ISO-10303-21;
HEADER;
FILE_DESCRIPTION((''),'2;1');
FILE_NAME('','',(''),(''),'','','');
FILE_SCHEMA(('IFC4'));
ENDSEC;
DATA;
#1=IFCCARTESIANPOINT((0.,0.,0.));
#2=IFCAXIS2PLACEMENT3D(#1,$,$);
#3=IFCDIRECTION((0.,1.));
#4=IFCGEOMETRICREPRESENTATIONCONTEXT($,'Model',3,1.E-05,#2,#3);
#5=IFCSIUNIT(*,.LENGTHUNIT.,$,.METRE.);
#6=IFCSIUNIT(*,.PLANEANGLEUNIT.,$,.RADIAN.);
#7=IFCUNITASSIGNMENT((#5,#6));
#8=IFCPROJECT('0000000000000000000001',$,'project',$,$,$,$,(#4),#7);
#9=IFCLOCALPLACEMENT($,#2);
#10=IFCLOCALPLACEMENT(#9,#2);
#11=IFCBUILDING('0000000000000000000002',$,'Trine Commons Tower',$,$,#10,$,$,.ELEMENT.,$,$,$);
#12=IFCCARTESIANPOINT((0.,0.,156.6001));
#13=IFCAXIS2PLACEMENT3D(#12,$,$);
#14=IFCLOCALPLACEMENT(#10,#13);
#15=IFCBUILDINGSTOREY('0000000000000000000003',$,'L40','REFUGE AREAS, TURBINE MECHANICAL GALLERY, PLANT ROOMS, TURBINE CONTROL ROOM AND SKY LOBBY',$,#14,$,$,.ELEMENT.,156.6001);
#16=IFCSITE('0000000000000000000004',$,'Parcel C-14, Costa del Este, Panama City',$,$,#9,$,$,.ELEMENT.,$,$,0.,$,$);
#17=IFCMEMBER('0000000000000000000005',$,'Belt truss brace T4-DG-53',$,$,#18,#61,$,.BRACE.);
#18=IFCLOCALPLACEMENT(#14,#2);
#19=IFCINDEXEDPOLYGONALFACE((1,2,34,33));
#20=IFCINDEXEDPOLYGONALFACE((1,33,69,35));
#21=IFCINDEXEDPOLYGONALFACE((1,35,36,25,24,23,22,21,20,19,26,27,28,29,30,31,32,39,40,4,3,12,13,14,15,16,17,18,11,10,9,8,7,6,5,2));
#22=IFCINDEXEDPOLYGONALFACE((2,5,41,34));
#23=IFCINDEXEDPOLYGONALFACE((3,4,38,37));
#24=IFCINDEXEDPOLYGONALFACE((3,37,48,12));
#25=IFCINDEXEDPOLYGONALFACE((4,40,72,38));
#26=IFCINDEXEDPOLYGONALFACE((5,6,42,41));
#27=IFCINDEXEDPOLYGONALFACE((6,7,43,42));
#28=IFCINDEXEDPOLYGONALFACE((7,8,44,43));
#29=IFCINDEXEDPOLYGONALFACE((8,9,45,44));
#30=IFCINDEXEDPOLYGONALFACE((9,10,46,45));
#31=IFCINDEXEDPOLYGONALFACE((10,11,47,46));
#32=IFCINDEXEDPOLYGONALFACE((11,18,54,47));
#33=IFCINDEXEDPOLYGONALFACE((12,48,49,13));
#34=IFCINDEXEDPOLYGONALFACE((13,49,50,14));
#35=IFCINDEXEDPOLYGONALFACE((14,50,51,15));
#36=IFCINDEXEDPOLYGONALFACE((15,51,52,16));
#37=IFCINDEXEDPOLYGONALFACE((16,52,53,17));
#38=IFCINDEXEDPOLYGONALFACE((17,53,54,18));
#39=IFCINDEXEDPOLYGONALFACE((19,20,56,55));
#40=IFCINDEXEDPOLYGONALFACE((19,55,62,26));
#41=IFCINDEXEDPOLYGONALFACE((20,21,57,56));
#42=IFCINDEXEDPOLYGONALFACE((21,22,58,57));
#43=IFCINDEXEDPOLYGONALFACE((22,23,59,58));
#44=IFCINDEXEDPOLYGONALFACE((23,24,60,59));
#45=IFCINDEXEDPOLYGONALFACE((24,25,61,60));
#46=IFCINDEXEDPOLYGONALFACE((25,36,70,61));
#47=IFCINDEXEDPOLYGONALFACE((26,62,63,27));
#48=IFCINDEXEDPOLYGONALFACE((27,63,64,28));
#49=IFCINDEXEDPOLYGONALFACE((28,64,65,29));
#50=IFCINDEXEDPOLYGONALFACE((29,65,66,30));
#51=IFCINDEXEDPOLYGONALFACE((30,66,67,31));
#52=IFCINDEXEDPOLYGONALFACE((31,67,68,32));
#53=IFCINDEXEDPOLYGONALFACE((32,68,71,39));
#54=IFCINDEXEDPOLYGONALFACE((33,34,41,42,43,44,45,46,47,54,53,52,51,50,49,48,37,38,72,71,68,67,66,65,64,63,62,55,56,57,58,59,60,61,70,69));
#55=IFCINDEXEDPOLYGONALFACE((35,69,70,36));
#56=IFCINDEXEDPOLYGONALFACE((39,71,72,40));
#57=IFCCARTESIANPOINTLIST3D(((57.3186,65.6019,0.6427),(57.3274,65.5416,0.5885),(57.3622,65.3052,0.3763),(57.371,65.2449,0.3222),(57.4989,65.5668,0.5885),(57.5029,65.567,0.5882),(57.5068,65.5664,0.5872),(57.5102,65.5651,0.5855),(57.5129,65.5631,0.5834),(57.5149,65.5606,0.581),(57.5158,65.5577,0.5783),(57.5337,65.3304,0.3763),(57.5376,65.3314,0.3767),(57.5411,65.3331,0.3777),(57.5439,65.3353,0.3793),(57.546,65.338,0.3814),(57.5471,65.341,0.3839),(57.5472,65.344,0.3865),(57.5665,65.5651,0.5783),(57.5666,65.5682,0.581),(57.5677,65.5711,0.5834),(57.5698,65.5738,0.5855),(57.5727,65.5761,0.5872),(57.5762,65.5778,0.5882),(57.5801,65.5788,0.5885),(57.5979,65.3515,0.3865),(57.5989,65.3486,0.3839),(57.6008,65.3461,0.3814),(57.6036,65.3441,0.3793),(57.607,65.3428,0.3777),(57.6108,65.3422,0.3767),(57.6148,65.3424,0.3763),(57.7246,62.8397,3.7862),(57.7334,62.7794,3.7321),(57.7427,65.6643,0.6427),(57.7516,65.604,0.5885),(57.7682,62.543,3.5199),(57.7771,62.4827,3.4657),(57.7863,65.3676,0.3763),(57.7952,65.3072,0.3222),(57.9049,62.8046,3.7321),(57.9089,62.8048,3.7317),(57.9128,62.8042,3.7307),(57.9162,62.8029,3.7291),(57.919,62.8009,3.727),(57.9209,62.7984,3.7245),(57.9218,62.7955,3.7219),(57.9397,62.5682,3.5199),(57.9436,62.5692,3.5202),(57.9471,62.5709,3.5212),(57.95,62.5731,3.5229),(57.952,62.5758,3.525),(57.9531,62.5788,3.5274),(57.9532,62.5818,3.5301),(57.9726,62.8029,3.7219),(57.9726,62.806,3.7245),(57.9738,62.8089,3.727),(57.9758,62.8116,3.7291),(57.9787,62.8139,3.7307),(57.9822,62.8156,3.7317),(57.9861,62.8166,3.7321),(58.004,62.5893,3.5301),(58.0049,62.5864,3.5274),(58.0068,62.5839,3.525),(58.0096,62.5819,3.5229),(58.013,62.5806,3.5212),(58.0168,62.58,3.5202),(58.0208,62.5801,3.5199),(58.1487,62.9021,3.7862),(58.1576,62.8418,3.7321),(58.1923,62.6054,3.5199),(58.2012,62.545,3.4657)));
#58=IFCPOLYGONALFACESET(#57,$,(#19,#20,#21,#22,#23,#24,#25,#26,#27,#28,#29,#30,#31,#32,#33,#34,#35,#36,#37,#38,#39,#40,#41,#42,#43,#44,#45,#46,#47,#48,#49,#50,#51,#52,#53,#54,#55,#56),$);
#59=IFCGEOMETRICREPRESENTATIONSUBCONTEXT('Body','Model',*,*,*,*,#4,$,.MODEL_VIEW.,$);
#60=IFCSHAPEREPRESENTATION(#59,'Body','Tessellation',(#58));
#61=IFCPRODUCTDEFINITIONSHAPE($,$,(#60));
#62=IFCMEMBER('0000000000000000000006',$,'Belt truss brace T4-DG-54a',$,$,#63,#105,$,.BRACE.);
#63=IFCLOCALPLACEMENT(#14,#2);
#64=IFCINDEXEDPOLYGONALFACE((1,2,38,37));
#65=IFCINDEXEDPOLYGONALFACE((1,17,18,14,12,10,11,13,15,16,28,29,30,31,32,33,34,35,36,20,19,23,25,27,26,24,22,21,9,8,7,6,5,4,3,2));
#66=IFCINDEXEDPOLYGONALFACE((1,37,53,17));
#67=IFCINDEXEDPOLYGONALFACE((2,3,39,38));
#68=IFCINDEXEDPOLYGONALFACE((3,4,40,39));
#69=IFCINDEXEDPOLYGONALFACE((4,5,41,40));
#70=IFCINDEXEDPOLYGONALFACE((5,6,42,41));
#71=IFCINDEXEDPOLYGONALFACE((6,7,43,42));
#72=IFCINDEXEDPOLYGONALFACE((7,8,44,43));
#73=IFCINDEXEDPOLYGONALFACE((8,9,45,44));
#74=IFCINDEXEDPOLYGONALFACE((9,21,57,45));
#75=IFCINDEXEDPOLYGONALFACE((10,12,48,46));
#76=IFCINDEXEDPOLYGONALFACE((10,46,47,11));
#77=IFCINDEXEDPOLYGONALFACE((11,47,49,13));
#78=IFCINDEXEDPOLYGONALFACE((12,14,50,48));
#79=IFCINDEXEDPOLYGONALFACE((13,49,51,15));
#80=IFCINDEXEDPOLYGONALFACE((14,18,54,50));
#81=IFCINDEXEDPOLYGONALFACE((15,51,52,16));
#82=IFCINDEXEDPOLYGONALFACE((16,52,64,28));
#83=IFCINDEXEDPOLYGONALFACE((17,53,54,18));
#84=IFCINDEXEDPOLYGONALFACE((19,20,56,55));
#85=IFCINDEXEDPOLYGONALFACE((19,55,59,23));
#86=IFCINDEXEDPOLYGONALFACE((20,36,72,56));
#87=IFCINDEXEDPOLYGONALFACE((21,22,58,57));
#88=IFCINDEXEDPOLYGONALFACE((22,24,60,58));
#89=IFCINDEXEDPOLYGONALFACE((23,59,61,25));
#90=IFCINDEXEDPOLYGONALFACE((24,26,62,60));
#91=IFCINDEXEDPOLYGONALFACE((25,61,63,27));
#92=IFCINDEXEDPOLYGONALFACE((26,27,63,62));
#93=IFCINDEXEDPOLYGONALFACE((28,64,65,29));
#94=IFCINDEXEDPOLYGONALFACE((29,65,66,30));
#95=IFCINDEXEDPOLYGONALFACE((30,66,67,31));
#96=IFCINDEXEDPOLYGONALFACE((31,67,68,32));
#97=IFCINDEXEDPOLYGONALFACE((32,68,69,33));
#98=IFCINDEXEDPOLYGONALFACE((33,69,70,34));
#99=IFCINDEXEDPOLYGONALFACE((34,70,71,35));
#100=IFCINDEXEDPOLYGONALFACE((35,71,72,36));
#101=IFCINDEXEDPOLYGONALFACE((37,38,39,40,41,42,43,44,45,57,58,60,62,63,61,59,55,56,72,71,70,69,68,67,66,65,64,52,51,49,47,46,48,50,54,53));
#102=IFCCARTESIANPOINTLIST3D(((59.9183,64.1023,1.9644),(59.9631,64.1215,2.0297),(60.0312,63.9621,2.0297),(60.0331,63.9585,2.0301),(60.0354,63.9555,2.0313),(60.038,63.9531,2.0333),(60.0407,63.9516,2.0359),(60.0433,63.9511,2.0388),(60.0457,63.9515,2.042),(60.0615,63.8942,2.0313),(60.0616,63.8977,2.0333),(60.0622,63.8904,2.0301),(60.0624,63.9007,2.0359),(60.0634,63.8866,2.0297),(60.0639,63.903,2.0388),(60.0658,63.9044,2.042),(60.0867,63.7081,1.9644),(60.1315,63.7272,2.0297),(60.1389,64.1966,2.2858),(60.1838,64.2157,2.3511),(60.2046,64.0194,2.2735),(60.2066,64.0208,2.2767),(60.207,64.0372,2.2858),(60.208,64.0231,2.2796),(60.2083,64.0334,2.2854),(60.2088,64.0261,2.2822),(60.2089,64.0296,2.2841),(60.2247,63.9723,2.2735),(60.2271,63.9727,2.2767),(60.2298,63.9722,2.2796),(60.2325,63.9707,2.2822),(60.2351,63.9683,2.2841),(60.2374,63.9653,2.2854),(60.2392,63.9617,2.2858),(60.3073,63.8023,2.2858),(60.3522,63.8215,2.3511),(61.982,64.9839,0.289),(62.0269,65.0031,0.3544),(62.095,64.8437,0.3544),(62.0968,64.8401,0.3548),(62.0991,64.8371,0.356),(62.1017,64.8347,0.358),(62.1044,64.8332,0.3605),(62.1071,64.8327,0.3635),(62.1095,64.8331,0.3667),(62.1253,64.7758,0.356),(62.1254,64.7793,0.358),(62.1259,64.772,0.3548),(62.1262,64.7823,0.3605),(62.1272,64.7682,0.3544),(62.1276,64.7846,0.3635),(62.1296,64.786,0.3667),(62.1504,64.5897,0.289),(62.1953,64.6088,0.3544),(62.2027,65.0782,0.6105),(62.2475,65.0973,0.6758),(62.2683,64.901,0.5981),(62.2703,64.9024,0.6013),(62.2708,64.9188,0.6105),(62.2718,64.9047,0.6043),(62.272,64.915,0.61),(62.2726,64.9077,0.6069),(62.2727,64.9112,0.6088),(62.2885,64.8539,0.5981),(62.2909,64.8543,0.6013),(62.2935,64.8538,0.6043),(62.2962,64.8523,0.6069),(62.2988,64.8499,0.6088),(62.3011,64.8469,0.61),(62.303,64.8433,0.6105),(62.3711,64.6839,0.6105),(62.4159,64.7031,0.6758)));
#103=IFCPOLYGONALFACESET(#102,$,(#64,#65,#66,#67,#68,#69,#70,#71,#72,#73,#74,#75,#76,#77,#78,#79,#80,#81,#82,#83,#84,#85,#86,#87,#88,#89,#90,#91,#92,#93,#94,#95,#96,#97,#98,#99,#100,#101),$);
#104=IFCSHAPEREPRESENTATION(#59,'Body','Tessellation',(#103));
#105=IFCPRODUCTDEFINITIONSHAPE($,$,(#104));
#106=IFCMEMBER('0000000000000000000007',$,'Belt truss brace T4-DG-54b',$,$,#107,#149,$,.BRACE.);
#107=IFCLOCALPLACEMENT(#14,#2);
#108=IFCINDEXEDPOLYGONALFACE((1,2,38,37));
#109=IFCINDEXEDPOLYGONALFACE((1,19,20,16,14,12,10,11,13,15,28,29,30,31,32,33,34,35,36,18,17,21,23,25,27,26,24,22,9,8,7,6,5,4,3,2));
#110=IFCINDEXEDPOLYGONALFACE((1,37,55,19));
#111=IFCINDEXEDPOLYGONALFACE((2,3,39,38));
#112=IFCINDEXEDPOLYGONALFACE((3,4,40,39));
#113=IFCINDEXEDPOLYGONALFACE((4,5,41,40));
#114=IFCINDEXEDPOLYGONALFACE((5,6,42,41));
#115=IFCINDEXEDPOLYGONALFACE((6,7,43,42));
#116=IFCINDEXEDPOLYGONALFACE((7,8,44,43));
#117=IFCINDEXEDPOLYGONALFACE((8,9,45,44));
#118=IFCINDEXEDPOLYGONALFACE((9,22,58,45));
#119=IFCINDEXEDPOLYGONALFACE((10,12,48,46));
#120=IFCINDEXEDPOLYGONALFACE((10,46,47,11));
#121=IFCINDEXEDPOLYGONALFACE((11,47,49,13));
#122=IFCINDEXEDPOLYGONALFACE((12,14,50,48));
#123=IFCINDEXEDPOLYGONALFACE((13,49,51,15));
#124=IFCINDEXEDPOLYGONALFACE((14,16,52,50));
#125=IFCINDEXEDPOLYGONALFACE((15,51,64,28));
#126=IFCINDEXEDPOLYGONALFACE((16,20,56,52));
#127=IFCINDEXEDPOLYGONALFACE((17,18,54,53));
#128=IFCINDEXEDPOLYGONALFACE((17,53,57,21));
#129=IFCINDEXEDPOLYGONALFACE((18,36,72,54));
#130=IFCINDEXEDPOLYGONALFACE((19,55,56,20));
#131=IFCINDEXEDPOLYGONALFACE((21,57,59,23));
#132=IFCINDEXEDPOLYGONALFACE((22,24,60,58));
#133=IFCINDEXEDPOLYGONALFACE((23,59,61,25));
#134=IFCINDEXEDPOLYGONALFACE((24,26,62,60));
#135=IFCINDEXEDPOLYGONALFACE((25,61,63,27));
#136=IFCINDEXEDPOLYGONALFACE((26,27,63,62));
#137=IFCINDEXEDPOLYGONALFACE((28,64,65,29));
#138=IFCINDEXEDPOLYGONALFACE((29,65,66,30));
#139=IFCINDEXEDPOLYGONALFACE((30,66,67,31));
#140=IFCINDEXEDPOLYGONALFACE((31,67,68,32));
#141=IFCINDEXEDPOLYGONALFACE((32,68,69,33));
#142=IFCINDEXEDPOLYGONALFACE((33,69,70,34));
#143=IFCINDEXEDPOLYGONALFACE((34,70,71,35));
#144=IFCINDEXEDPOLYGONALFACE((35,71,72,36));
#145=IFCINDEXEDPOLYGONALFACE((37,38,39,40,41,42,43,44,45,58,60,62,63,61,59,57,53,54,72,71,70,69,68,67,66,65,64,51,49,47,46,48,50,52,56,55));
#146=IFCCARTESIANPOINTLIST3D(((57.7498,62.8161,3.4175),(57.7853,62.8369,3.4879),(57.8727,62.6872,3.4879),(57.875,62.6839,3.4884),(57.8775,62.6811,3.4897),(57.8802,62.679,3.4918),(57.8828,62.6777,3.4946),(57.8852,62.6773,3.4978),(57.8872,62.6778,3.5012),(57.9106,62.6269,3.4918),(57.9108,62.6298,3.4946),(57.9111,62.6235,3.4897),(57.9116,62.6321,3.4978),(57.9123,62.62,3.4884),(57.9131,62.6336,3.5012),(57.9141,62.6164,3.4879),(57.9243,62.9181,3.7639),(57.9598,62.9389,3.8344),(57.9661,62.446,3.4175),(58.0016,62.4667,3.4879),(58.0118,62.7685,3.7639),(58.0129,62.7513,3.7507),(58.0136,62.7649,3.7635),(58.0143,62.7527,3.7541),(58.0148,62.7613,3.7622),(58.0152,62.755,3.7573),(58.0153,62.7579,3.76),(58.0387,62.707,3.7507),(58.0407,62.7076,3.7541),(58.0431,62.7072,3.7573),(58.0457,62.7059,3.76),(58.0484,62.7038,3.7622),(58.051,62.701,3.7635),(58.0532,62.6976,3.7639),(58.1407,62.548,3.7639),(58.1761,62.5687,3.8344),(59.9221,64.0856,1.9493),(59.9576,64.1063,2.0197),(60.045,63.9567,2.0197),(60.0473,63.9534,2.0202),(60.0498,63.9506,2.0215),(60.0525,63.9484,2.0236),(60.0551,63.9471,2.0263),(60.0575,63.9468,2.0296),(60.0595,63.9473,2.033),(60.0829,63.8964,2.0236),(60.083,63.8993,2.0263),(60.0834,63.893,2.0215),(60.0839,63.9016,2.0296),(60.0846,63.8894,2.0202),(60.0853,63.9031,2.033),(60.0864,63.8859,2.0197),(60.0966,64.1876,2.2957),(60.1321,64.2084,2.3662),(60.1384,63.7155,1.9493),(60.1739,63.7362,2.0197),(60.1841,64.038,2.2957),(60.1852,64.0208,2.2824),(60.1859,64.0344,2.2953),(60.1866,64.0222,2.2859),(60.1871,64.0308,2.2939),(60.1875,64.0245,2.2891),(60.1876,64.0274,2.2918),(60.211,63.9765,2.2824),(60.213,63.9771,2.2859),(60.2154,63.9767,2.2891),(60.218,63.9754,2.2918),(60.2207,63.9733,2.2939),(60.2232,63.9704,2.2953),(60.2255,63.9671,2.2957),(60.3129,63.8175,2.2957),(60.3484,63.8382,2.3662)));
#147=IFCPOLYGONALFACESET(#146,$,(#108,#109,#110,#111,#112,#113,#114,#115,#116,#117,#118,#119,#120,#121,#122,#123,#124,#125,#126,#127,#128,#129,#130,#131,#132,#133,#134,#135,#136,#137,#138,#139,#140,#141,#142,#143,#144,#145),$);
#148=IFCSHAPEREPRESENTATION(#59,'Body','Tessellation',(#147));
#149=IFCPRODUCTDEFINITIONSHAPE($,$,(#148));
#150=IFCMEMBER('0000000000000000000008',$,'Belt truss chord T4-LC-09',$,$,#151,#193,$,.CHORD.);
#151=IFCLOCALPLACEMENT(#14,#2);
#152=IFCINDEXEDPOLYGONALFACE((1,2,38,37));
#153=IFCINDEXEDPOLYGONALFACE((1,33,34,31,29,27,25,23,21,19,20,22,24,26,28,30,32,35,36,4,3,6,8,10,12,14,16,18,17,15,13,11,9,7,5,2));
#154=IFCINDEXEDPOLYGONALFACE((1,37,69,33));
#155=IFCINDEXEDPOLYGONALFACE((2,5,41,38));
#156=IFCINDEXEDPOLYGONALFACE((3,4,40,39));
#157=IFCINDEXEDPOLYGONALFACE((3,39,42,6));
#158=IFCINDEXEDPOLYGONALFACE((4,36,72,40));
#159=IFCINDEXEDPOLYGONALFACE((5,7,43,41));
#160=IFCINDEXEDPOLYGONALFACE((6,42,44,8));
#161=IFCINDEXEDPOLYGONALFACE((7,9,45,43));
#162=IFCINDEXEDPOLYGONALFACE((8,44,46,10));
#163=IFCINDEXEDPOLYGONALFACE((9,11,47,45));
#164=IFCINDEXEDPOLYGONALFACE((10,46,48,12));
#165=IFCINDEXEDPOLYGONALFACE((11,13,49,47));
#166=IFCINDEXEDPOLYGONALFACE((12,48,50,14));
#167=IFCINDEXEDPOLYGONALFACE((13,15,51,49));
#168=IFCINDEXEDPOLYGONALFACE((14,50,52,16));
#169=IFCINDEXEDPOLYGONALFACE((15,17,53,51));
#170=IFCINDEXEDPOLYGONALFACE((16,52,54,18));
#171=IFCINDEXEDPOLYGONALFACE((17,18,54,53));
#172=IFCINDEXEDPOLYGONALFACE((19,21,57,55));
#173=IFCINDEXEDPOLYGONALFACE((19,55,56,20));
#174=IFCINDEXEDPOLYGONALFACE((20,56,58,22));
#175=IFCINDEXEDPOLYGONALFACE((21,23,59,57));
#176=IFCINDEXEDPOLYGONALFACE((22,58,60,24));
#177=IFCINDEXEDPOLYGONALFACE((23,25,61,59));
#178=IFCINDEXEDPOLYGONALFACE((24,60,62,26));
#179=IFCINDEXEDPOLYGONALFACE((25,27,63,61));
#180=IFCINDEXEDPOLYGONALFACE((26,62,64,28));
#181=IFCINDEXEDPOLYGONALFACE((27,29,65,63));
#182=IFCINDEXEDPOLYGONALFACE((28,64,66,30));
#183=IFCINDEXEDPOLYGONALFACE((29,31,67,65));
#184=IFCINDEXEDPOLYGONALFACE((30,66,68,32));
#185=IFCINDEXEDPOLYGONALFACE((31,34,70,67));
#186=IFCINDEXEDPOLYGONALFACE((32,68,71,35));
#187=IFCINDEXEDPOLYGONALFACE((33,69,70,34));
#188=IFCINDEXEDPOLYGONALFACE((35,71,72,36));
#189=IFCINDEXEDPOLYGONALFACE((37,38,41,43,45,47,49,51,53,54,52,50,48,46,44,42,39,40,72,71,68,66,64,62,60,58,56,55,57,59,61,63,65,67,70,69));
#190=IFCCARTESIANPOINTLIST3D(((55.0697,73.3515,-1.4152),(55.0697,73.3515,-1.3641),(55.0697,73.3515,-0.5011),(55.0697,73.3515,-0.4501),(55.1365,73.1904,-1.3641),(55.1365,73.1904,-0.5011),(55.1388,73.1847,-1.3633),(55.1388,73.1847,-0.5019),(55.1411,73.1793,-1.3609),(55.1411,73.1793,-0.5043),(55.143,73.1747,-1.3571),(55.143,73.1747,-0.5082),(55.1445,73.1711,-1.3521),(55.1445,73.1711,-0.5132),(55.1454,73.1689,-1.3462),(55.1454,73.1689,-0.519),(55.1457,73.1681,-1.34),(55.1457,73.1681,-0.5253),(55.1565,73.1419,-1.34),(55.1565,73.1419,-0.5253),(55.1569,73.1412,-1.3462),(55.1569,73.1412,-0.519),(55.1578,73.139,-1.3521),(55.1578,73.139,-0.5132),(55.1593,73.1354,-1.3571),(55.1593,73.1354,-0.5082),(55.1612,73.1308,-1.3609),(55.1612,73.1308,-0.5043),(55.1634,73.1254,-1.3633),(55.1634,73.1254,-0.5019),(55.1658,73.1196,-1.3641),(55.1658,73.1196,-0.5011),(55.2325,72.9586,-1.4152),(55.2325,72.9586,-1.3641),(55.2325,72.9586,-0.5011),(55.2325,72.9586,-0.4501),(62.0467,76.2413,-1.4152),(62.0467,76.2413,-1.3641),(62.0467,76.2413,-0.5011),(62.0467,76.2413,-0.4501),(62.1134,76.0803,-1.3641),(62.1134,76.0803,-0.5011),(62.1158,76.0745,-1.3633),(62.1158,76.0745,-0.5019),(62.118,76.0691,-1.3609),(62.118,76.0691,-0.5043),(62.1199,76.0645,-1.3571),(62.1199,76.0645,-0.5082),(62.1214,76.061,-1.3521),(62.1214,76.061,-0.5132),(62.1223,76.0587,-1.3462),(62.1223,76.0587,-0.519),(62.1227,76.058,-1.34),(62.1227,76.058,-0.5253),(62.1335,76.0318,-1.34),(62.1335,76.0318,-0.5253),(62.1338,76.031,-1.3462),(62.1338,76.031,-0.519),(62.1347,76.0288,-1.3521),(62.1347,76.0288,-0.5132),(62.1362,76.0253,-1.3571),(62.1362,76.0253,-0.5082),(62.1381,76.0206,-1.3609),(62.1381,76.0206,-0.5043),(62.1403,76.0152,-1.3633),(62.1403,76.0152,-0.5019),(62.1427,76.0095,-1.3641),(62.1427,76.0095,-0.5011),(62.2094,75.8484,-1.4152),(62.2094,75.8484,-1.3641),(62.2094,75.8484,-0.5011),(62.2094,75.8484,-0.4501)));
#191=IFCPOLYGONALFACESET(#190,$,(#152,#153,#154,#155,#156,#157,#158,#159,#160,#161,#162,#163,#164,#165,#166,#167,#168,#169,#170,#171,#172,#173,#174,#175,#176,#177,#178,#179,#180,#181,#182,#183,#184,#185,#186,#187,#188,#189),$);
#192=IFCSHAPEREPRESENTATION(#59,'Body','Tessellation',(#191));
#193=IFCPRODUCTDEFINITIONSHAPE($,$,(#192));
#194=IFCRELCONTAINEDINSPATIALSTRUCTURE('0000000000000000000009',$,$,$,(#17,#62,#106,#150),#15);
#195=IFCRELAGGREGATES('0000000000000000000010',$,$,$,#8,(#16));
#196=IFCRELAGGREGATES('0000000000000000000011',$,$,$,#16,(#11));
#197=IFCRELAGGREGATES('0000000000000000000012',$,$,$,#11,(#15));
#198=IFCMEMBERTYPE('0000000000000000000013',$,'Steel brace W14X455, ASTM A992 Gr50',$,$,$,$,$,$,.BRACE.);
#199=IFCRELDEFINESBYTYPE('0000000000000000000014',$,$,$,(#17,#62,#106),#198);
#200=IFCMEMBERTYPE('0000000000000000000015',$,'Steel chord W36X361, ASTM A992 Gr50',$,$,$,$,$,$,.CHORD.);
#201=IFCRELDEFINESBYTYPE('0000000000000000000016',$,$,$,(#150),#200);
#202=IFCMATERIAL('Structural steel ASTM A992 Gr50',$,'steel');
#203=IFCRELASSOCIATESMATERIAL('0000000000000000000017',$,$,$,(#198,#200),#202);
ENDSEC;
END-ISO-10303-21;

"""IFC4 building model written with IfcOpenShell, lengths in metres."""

from ifc_helpers import new_model, si_unit, direction, frame, origin, origin_2d, place, context, subcontext, project, spatial, i_section, extrude, material, material_profile, profile_set, type_object, element, save


model = new_model("IFC4")

# Units and contexts
model_context = context("Model", 3, precision=1e-05, world=origin(), true_north=direction((0.0, 1.0)))
body_context = subcontext(model_context, "Body", "Model", "MODEL_VIEW")
ifc_project = project(units=[si_unit("LENGTHUNIT", "METRE"), si_unit("PLANEANGLEUNIT", "RADIAN")], contexts=[model_context])

# Site, building, storey
site_placement = place(None, origin())
site = spatial("IfcSite", under=ifc_project, at=site_placement, Name="Parcel C-14, Costa del Este, Panama City", CompositionType="ELEMENT", RefElevation=0.0)
building_placement = place(site_placement, origin())
building = spatial("IfcBuilding", under=site, at=building_placement, Name="Trine Commons Tower", CompositionType="ELEMENT")
storey_placement = place(building_placement, frame((0.0, 0.0, 156.6001)))
storey = spatial("IfcBuildingStorey", under=building, at=storey_placement, Name="L40", Description="REFUGE AREAS, TURBINE MECHANICAL GALLERY, PLANT ROOMS, TURBINE CONTROL ROOM AND SKY LOBBY", CompositionType="ELEMENT", Elevation=156.6001)

# Members
ifc_material_1 = material(Name="Structural steel ASTM A992 Gr50", Category="steel")
ifc_material_profile_1 = material_profile(ifc_material_1, i_section(OverallWidth=0.4287, OverallDepth=0.4827, WebThickness=0.0513, FlangeThickness=0.0815, FilletRadius=0.0154, at=origin_2d()), Name="W14X455")
ifc_profile_set_1 = profile_set([ifc_material_profile_1], Name="Structural steel ASTM A992 Gr50")
member_type_1 = type_object("IfcMemberType", Name="Steel brace W14X455, ASTM A992 Gr50", PredefinedType="BRACE", material=ifc_profile_set_1)
member_1_placement = place(storey_placement, frame((57.5569, 65.4546, 0.4824), z_axis=(0.096568, -0.656988, 0.747691), x_axis=(0.989369, 0.145423, 0.0)))
element("IfcMember", 1, at=member_1_placement, inside=storey, type_object=member_type_1, Name="Belt truss brace T4-DG-53", PredefinedType="BRACE", context=body_context, shape_type="SweptSolid", body=[
    extrude(i_section(OverallWidth=0.4287, OverallDepth=0.4827, WebThickness=0.0513, FlangeThickness=0.0815, FilletRadius=0.0154, at=origin_2d()), origin(), (0.0, 0.0, 1.0), 4.2043),
])
member_2_placement = place(storey_placement, frame((62.199, 64.8435, 0.4824), z_axis=(-0.736914, -0.314799, 0.598214), x_axis=(0.392842, -0.919606, 0.0)))
element("IfcMember", 2, at=member_2_placement, inside=storey, type_object=member_type_1, Name="Belt truss brace T4-DG-54a", PredefinedType="BRACE", context=body_context, shape_type="SweptSolid", body=[
    extrude(i_section(OverallWidth=0.4287, OverallDepth=0.4827, WebThickness=0.0513, FlangeThickness=0.0815, FilletRadius=0.0154, at=origin_2d()), origin(), (0.0, 0.0, 1.0), 2.8005),
])
member_3_placement = place(storey_placement, frame((60.1353, 63.9619, 2.1577), z_axis=(-0.7457, -0.435788, 0.504005), x_axis=(0.504559, -0.863377, 0.0)))
element("IfcMember", 3, at=member_3_placement, inside=storey, type_object=member_type_1, Name="Belt truss brace T4-DG-54b", PredefinedType="BRACE", context=body_context, shape_type="SweptSolid", body=[
    extrude(i_section(OverallWidth=0.4287, OverallDepth=0.4827, WebThickness=0.0513, FlangeThickness=0.0815, FilletRadius=0.0154, at=origin_2d()), origin(), (0.0, 0.0, 1.0), 2.9131),
])
ifc_material_profile_2 = material_profile(ifc_material_1, i_section(OverallWidth=0.4253, OverallDepth=0.9651, WebThickness=0.0283, FlangeThickness=0.051, FilletRadius=0.0242, at=origin_2d()), Name="W36X361")
ifc_profile_set_2 = profile_set([ifc_material_profile_2], Name="Structural steel ASTM A992 Gr50")
member_type_2 = type_object("IfcMemberType", Name="Steel chord W36X361, ASTM A992 Gr50", PredefinedType="CHORD", material=ifc_profile_set_2)
member_4_placement = place(storey_placement, frame((55.1511, 73.155, -0.9326), z_axis=(0.923884, 0.382673, 0.0), x_axis=(-0.382673, 0.923884, 0.0)))
element("IfcMember", 4, at=member_4_placement, inside=storey, type_object=member_type_2, Name="Belt truss chord T4-LC-09", PredefinedType="CHORD", context=body_context, shape_type="SweptSolid", body=[
    extrude(i_section(OverallWidth=0.4253, OverallDepth=0.9651, WebThickness=0.0283, FlangeThickness=0.051, FilletRadius=0.0242, at=origin_2d()), origin(), (0.0, 0.0, 1.0), 7.5518),
])

save(model, "model.ifc")
